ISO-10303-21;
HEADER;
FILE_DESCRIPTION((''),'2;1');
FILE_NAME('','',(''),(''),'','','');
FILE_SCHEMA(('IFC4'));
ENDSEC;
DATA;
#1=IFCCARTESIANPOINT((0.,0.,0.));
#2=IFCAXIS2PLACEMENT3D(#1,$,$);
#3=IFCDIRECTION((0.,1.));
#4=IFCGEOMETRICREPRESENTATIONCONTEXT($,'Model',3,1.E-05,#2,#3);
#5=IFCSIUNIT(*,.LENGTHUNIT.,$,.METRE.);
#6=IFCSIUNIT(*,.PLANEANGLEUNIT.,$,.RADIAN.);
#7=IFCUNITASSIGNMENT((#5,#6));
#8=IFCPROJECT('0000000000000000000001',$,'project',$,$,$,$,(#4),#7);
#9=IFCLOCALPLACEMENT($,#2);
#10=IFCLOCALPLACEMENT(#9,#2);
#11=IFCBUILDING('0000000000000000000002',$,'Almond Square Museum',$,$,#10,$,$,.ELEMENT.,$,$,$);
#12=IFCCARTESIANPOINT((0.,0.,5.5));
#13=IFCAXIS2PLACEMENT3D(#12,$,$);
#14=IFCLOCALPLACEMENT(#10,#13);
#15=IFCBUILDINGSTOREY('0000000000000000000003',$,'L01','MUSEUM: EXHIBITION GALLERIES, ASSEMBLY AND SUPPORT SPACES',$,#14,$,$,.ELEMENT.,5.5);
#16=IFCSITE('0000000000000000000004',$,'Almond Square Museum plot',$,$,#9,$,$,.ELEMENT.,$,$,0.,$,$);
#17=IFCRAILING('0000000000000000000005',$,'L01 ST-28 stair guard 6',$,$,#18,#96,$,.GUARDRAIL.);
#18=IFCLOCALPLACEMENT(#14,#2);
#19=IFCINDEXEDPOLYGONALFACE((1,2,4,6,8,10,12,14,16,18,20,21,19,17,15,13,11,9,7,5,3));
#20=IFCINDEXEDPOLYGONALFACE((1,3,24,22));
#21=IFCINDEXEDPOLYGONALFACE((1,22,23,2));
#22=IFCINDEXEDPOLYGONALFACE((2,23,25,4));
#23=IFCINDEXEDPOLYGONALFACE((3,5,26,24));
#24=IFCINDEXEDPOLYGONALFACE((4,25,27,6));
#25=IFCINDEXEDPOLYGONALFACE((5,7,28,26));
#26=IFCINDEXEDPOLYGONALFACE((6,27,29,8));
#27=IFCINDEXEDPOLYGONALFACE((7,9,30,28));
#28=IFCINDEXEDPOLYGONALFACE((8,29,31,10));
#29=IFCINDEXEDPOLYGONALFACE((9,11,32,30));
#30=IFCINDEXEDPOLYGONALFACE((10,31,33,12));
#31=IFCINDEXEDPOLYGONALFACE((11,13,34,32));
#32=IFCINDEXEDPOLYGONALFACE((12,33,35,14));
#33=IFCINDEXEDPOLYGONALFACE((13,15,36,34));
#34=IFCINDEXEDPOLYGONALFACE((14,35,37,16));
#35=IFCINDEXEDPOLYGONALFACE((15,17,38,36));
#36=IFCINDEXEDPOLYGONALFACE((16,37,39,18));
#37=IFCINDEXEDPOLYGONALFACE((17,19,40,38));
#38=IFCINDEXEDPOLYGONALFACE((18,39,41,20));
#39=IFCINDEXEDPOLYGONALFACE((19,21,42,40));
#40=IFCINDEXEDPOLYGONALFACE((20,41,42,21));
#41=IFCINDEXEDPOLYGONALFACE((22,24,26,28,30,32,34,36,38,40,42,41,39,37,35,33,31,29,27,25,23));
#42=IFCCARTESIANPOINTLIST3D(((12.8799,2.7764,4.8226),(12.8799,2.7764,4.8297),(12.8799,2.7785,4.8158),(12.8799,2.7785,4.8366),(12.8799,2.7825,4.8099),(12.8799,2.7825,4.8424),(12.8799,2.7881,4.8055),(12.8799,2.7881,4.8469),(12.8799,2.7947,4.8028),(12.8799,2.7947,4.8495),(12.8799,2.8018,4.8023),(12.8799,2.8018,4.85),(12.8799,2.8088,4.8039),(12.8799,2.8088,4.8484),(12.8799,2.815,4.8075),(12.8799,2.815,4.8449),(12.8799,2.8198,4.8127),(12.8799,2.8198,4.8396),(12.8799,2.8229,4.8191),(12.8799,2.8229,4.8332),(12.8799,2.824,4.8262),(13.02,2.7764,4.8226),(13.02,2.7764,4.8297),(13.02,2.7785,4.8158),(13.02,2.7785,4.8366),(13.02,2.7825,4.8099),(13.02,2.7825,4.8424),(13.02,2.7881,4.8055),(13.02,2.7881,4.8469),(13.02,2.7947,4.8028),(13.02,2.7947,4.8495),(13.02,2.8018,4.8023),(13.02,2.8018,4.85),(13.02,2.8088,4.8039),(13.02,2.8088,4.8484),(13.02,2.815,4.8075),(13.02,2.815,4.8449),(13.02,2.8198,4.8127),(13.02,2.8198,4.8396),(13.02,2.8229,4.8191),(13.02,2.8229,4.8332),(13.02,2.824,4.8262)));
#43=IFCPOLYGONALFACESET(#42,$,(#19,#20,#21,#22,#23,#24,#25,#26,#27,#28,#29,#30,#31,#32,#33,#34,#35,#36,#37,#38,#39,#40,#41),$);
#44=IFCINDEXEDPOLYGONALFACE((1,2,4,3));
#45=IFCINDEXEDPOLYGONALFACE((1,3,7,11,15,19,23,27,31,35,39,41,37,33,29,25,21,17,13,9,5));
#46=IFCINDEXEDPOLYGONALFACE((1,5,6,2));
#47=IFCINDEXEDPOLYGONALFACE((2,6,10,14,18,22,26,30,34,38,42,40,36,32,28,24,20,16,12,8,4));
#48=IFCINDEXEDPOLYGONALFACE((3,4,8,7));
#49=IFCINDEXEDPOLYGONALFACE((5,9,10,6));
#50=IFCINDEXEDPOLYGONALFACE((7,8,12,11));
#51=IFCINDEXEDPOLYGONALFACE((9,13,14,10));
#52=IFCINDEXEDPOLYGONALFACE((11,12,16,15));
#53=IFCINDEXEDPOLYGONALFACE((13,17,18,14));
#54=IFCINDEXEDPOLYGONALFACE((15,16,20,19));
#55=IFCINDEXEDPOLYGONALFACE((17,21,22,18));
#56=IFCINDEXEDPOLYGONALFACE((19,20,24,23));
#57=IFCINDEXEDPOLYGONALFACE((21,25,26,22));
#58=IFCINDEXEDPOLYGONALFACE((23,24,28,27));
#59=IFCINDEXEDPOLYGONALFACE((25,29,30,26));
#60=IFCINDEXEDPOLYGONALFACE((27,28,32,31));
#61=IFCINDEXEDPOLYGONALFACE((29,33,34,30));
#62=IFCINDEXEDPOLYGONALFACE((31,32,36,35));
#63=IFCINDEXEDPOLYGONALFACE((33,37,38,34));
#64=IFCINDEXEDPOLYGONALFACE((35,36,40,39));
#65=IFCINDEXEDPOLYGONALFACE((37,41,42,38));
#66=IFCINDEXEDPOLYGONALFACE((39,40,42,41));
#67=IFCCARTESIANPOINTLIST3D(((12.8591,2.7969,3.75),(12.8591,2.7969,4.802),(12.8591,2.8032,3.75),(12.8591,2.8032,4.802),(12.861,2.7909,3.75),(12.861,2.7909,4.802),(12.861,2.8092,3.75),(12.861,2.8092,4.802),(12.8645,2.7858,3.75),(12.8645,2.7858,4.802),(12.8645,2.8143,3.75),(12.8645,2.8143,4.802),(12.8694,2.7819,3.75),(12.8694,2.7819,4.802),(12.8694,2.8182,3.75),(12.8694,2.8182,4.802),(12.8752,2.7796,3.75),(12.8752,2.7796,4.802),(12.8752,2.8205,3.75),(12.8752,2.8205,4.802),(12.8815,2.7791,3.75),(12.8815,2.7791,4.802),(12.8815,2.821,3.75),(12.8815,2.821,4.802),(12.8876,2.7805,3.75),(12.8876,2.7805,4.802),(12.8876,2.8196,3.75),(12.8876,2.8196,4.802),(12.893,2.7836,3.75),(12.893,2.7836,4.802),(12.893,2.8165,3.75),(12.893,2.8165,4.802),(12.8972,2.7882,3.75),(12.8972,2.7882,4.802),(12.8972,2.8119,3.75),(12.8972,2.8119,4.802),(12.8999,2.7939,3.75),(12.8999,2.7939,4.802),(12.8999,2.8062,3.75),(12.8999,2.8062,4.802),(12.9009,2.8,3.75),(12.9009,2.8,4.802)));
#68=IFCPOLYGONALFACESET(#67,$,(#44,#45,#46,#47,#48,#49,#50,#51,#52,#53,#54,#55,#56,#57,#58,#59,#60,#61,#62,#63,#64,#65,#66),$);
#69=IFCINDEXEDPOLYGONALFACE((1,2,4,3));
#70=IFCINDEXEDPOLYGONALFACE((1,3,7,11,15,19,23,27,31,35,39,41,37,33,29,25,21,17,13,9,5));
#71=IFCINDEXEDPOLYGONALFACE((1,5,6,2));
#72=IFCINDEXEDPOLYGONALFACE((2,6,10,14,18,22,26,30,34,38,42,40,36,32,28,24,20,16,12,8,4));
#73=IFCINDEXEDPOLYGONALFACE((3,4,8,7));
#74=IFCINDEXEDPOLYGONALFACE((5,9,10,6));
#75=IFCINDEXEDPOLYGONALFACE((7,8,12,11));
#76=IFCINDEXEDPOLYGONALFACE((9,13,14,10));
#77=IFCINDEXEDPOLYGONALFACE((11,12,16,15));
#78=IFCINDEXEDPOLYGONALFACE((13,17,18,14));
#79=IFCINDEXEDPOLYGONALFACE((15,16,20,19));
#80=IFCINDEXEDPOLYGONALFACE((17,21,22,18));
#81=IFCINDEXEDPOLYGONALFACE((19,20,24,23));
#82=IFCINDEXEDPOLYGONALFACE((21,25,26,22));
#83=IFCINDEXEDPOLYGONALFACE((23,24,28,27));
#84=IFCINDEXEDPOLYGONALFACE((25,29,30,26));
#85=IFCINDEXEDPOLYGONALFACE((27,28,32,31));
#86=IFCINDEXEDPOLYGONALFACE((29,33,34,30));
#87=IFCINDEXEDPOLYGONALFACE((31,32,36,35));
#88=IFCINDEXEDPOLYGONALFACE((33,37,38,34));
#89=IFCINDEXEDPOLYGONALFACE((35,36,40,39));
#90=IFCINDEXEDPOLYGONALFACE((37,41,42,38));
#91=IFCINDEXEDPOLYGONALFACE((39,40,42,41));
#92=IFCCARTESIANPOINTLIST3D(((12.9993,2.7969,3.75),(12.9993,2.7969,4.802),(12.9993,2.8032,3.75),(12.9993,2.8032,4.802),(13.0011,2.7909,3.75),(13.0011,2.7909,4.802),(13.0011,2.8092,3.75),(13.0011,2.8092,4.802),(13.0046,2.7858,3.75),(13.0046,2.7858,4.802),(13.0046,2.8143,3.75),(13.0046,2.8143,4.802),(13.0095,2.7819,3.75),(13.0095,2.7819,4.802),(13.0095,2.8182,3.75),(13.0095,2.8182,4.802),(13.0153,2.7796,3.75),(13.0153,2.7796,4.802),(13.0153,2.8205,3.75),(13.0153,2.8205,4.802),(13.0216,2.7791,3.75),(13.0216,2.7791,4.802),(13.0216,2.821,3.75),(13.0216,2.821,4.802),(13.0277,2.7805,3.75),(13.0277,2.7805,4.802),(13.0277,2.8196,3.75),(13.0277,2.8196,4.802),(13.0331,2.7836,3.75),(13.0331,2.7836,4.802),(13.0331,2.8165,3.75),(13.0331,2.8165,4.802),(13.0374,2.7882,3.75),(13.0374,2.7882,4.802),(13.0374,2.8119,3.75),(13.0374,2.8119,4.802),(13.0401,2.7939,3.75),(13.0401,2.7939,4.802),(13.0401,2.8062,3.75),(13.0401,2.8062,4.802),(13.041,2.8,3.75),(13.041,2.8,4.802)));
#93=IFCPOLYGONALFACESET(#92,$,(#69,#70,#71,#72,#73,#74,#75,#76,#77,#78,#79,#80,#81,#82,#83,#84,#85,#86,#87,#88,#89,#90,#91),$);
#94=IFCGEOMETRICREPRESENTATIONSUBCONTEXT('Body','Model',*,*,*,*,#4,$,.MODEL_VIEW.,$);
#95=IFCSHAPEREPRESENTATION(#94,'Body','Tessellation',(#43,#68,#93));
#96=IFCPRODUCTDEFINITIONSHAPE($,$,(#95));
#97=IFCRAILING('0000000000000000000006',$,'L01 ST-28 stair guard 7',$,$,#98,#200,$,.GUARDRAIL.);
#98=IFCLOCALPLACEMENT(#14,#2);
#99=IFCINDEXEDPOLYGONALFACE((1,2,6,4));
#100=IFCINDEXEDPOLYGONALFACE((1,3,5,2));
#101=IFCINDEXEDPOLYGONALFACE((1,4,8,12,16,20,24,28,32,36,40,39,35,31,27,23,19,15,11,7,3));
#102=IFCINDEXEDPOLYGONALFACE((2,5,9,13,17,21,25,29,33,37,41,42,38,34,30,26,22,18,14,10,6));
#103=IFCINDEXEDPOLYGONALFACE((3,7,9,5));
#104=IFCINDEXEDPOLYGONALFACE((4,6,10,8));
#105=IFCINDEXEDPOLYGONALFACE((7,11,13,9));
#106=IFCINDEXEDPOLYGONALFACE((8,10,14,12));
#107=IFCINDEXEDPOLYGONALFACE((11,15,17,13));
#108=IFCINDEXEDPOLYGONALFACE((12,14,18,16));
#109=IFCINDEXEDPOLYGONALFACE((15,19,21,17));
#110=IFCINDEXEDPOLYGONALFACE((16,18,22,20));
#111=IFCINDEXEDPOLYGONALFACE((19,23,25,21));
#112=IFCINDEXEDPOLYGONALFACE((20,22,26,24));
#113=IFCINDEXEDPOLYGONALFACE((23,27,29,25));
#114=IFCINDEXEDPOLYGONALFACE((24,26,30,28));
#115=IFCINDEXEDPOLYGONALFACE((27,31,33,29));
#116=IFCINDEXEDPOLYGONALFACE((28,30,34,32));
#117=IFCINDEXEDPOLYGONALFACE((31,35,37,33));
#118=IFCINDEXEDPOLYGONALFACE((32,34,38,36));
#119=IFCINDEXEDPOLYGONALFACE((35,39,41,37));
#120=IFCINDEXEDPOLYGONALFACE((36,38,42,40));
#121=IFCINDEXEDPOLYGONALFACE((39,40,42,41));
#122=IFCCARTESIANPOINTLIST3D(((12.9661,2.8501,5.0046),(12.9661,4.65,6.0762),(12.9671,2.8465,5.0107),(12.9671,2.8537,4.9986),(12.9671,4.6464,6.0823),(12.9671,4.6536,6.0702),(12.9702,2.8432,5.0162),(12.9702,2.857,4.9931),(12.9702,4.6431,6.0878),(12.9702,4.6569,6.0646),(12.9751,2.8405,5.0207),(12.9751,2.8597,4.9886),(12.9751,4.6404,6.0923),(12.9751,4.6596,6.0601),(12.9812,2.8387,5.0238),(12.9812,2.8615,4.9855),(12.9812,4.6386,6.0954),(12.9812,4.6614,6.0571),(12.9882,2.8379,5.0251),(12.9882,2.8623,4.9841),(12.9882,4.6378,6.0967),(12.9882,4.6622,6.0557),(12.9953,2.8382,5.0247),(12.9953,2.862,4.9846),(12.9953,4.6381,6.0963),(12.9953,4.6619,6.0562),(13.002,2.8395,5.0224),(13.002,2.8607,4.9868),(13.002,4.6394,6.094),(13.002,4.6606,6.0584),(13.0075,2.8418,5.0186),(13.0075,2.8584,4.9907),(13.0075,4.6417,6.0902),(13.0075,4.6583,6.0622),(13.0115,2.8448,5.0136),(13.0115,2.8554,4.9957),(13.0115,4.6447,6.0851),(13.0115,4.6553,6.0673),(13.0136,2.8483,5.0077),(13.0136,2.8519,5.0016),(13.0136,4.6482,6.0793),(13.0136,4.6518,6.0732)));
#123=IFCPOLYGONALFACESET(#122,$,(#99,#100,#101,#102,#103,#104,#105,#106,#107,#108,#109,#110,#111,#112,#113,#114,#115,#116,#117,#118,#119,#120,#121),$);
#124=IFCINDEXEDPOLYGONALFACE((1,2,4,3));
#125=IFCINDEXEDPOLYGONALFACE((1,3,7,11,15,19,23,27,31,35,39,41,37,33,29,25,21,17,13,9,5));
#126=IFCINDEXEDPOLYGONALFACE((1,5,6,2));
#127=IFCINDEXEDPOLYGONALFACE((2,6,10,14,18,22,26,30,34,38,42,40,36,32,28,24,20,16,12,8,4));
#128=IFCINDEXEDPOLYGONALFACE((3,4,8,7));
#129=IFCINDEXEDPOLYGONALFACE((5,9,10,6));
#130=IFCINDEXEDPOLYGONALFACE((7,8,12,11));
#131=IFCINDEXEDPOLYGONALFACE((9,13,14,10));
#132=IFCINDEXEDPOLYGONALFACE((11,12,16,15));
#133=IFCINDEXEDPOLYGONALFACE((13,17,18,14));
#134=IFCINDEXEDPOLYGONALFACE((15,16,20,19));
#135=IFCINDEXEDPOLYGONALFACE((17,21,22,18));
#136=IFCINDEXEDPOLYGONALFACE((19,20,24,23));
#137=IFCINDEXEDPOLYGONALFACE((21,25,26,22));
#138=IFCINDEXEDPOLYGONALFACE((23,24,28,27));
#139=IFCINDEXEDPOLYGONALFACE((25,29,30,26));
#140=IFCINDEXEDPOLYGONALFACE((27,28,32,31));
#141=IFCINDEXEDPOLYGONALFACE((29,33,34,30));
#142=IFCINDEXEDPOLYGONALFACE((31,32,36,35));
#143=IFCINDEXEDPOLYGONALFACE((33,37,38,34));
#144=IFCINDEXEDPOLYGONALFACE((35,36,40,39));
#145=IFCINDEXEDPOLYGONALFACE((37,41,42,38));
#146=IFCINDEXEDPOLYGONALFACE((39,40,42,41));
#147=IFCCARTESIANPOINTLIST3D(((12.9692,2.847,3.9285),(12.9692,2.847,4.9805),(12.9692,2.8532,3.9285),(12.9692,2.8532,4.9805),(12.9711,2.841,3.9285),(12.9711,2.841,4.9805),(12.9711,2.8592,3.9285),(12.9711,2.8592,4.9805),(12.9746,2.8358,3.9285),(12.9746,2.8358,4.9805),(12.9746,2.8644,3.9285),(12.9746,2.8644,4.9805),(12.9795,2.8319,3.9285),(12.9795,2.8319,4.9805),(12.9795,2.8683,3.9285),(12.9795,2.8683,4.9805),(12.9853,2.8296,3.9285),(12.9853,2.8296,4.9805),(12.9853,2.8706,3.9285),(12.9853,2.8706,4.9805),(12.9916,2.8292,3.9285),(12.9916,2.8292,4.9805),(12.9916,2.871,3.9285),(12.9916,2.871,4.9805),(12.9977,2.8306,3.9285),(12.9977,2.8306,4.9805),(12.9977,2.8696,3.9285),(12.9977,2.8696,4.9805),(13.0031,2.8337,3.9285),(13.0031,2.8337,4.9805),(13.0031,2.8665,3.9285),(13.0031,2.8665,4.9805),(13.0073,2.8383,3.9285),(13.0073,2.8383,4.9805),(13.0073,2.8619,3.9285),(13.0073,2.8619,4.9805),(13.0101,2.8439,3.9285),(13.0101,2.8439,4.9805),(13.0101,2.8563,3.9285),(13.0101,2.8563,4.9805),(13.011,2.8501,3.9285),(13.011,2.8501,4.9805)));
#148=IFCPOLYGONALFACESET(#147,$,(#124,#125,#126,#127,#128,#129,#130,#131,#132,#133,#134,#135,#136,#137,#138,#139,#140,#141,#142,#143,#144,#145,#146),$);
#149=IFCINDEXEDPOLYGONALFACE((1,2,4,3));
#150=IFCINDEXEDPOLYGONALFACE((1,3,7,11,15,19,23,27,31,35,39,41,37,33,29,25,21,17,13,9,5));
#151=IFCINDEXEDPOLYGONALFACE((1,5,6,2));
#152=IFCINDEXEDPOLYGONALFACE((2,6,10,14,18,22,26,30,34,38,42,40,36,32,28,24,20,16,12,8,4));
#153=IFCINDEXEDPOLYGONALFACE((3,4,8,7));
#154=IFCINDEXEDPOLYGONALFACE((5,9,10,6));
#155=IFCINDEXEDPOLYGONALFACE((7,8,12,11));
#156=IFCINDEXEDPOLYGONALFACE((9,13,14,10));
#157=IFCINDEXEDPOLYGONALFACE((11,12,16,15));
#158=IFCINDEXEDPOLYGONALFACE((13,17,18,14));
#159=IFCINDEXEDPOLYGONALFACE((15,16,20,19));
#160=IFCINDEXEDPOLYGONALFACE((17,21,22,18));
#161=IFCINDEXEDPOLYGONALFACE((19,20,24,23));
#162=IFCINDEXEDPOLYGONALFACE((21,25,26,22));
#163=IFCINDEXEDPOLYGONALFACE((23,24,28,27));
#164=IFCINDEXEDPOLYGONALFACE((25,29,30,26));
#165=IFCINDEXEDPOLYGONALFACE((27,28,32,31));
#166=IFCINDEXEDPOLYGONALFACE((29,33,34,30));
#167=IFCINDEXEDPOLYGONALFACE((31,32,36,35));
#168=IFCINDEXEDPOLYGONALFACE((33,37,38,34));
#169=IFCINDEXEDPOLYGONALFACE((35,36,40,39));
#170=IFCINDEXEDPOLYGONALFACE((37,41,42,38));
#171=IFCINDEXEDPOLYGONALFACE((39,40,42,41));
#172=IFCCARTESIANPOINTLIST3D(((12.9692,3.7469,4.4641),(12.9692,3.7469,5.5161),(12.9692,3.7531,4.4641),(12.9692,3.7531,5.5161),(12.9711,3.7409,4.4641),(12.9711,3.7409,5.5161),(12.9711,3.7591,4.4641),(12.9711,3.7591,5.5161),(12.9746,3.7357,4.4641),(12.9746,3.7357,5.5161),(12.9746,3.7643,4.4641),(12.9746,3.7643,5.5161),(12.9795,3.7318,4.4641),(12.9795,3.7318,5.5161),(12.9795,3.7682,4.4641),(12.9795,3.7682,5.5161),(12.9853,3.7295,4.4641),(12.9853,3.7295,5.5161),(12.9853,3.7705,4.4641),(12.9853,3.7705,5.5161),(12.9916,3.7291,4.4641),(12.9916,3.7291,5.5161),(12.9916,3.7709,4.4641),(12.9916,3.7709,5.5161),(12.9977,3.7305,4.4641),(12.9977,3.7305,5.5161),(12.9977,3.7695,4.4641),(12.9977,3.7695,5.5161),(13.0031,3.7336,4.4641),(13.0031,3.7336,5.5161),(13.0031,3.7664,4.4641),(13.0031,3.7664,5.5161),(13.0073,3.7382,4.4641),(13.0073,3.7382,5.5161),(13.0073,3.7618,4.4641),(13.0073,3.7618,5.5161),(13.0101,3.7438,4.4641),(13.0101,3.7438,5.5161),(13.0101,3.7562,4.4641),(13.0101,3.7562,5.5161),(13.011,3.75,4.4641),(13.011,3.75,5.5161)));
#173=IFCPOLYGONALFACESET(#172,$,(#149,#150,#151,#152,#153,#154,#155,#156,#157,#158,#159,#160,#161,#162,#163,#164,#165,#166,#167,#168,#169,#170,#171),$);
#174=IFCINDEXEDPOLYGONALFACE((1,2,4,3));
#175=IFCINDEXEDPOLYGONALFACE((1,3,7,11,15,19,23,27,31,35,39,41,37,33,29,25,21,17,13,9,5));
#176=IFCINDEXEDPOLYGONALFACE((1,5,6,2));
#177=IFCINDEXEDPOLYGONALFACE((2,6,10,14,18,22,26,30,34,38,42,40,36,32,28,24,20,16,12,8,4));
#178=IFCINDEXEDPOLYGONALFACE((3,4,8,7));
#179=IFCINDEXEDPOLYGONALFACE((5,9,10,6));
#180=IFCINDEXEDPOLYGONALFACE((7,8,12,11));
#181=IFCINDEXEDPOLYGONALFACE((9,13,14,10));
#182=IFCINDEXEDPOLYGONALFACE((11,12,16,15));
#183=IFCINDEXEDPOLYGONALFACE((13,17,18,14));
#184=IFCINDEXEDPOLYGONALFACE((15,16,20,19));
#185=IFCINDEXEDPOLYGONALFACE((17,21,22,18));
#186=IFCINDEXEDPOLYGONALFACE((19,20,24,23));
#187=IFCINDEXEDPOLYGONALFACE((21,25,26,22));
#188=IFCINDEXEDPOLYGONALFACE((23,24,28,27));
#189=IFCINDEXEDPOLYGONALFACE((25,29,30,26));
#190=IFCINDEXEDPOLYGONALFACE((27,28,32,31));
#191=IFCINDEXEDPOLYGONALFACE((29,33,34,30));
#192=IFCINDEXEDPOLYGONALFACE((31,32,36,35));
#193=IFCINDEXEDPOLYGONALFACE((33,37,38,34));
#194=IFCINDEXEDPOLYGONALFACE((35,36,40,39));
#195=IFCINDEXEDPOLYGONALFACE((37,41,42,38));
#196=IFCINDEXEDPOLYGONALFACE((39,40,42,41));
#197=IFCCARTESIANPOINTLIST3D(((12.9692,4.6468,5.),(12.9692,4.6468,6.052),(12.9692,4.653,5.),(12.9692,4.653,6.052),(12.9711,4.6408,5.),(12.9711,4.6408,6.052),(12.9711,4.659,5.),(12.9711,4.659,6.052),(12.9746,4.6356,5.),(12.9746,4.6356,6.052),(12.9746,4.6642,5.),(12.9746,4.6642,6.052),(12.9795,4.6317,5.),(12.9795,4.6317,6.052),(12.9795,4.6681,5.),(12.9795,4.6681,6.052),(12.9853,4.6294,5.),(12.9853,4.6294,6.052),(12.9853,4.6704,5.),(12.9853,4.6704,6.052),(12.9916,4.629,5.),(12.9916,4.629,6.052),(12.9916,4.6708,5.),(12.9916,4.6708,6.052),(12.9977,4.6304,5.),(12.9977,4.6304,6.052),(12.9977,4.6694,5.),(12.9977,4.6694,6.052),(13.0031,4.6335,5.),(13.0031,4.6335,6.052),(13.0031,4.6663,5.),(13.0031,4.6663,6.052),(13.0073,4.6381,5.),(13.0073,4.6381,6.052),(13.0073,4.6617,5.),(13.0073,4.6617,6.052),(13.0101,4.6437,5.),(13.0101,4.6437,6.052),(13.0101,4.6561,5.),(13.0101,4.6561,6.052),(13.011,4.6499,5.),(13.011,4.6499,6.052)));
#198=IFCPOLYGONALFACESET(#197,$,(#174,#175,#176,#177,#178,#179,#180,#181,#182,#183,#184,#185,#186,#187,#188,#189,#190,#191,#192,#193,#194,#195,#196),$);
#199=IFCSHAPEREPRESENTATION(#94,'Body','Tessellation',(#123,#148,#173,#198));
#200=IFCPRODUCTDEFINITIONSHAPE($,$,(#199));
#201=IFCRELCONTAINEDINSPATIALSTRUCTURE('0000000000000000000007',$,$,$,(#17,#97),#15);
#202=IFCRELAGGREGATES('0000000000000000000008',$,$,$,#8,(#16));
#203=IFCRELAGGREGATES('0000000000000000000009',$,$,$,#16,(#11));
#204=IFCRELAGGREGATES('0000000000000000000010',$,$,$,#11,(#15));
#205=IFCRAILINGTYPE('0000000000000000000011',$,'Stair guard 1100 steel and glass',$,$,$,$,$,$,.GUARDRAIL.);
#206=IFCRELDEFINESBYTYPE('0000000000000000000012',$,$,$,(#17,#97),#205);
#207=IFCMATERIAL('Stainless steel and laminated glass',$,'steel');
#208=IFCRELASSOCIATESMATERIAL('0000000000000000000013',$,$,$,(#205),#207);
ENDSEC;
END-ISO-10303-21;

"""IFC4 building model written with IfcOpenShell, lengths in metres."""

from ifc_helpers import new_model, si_unit, direction, frame, origin, origin_2d, place, context, subcontext, project, spatial, circle, extrude, material, type_object, element, save


model = new_model("IFC4")

# Units and contexts
model_context = context("Model", 3, precision=1e-05, world=origin(), true_north=direction((0.0, 1.0)))
body_context = subcontext(model_context, "Body", "Model", "MODEL_VIEW")
ifc_project = project(units=[si_unit("LENGTHUNIT", "METRE"), si_unit("PLANEANGLEUNIT", "RADIAN")], contexts=[model_context])

# Site, building, storey
site_placement = place(None, origin())
site = spatial("IfcSite", under=ifc_project, at=site_placement, Name="Almond Square Museum plot", CompositionType="ELEMENT", RefElevation=0.0)
building_placement = place(site_placement, origin())
building = spatial("IfcBuilding", under=site, at=building_placement, Name="Almond Square Museum", CompositionType="ELEMENT")
storey_placement = place(building_placement, frame((0.0, 0.0, 5.5)))
storey = spatial("IfcBuildingStorey", under=building, at=storey_placement, Name="L01", Description="MUSEUM: EXHIBITION GALLERIES, ASSEMBLY AND SUPPORT SPACES", CompositionType="ELEMENT", Elevation=5.5)

# Railings
ifc_material_1 = material(Name="Stainless steel and laminated glass", Category="steel")
railing_type_1 = type_object("IfcRailingType", Name="Stair guard 1100 steel and glass", PredefinedType="GUARDRAIL", material=ifc_material_1)
railing_1_placement = place(storey_placement, frame((12.8799, 2.8, 3.75)))
element("IfcRailing", 1, at=railing_1_placement, inside=storey, type_object=railing_type_1, Name="L01 ST-28 stair guard 6", PredefinedType="GUARDRAIL", context=body_context, shape_type="SweptSolid", body=[
    extrude(circle(Radius=0.0239, at=origin_2d()), frame((0.0, 0.0, 1.0762), z_axis=(1.0, 0.0, 0.0), x_axis=(0.0, 1.0, 0.0)), (0.0, 0.0, 1.0), 0.1401),
    extrude(circle(Radius=0.021, at=origin_2d()), origin(), (0.0, 0.0, 1.0), 1.052),
    extrude(circle(Radius=0.021, at=origin_2d()), frame((0.1401, 0.0, 0.0)), (0.0, 0.0, 1.0), 1.052),
])
railing_2_placement = place(storey_placement, frame((12.99, 2.8501, 3.9285)))
element("IfcRailing", 2, at=railing_2_placement, inside=storey, type_object=railing_type_1, Name="L01 ST-28 stair guard 7", PredefinedType="GUARDRAIL", context=body_context, shape_type="SweptSolid", body=[
    extrude(circle(Radius=0.0239, at=origin_2d()), frame((0.0, 0.0, 1.0762), z_axis=(0.0, 0.859247, 0.511562), x_axis=(-1.0, 0.0, 0.0)), (0.0, 0.0, 1.0), 2.0947),
    extrude(circle(Radius=0.021, at=origin_2d()), origin(), (0.0, 0.0, 1.0), 1.052),
    extrude(circle(Radius=0.021, at=origin_2d()), frame((0.0, 0.8999, 0.5356)), (0.0, 0.0, 1.0), 1.052),
    extrude(circle(Radius=0.021, at=origin_2d()), frame((0.0, 1.7998, 1.0715)), (0.0, 0.0, 1.0), 1.052),
])

save(model, "model.ifc")
